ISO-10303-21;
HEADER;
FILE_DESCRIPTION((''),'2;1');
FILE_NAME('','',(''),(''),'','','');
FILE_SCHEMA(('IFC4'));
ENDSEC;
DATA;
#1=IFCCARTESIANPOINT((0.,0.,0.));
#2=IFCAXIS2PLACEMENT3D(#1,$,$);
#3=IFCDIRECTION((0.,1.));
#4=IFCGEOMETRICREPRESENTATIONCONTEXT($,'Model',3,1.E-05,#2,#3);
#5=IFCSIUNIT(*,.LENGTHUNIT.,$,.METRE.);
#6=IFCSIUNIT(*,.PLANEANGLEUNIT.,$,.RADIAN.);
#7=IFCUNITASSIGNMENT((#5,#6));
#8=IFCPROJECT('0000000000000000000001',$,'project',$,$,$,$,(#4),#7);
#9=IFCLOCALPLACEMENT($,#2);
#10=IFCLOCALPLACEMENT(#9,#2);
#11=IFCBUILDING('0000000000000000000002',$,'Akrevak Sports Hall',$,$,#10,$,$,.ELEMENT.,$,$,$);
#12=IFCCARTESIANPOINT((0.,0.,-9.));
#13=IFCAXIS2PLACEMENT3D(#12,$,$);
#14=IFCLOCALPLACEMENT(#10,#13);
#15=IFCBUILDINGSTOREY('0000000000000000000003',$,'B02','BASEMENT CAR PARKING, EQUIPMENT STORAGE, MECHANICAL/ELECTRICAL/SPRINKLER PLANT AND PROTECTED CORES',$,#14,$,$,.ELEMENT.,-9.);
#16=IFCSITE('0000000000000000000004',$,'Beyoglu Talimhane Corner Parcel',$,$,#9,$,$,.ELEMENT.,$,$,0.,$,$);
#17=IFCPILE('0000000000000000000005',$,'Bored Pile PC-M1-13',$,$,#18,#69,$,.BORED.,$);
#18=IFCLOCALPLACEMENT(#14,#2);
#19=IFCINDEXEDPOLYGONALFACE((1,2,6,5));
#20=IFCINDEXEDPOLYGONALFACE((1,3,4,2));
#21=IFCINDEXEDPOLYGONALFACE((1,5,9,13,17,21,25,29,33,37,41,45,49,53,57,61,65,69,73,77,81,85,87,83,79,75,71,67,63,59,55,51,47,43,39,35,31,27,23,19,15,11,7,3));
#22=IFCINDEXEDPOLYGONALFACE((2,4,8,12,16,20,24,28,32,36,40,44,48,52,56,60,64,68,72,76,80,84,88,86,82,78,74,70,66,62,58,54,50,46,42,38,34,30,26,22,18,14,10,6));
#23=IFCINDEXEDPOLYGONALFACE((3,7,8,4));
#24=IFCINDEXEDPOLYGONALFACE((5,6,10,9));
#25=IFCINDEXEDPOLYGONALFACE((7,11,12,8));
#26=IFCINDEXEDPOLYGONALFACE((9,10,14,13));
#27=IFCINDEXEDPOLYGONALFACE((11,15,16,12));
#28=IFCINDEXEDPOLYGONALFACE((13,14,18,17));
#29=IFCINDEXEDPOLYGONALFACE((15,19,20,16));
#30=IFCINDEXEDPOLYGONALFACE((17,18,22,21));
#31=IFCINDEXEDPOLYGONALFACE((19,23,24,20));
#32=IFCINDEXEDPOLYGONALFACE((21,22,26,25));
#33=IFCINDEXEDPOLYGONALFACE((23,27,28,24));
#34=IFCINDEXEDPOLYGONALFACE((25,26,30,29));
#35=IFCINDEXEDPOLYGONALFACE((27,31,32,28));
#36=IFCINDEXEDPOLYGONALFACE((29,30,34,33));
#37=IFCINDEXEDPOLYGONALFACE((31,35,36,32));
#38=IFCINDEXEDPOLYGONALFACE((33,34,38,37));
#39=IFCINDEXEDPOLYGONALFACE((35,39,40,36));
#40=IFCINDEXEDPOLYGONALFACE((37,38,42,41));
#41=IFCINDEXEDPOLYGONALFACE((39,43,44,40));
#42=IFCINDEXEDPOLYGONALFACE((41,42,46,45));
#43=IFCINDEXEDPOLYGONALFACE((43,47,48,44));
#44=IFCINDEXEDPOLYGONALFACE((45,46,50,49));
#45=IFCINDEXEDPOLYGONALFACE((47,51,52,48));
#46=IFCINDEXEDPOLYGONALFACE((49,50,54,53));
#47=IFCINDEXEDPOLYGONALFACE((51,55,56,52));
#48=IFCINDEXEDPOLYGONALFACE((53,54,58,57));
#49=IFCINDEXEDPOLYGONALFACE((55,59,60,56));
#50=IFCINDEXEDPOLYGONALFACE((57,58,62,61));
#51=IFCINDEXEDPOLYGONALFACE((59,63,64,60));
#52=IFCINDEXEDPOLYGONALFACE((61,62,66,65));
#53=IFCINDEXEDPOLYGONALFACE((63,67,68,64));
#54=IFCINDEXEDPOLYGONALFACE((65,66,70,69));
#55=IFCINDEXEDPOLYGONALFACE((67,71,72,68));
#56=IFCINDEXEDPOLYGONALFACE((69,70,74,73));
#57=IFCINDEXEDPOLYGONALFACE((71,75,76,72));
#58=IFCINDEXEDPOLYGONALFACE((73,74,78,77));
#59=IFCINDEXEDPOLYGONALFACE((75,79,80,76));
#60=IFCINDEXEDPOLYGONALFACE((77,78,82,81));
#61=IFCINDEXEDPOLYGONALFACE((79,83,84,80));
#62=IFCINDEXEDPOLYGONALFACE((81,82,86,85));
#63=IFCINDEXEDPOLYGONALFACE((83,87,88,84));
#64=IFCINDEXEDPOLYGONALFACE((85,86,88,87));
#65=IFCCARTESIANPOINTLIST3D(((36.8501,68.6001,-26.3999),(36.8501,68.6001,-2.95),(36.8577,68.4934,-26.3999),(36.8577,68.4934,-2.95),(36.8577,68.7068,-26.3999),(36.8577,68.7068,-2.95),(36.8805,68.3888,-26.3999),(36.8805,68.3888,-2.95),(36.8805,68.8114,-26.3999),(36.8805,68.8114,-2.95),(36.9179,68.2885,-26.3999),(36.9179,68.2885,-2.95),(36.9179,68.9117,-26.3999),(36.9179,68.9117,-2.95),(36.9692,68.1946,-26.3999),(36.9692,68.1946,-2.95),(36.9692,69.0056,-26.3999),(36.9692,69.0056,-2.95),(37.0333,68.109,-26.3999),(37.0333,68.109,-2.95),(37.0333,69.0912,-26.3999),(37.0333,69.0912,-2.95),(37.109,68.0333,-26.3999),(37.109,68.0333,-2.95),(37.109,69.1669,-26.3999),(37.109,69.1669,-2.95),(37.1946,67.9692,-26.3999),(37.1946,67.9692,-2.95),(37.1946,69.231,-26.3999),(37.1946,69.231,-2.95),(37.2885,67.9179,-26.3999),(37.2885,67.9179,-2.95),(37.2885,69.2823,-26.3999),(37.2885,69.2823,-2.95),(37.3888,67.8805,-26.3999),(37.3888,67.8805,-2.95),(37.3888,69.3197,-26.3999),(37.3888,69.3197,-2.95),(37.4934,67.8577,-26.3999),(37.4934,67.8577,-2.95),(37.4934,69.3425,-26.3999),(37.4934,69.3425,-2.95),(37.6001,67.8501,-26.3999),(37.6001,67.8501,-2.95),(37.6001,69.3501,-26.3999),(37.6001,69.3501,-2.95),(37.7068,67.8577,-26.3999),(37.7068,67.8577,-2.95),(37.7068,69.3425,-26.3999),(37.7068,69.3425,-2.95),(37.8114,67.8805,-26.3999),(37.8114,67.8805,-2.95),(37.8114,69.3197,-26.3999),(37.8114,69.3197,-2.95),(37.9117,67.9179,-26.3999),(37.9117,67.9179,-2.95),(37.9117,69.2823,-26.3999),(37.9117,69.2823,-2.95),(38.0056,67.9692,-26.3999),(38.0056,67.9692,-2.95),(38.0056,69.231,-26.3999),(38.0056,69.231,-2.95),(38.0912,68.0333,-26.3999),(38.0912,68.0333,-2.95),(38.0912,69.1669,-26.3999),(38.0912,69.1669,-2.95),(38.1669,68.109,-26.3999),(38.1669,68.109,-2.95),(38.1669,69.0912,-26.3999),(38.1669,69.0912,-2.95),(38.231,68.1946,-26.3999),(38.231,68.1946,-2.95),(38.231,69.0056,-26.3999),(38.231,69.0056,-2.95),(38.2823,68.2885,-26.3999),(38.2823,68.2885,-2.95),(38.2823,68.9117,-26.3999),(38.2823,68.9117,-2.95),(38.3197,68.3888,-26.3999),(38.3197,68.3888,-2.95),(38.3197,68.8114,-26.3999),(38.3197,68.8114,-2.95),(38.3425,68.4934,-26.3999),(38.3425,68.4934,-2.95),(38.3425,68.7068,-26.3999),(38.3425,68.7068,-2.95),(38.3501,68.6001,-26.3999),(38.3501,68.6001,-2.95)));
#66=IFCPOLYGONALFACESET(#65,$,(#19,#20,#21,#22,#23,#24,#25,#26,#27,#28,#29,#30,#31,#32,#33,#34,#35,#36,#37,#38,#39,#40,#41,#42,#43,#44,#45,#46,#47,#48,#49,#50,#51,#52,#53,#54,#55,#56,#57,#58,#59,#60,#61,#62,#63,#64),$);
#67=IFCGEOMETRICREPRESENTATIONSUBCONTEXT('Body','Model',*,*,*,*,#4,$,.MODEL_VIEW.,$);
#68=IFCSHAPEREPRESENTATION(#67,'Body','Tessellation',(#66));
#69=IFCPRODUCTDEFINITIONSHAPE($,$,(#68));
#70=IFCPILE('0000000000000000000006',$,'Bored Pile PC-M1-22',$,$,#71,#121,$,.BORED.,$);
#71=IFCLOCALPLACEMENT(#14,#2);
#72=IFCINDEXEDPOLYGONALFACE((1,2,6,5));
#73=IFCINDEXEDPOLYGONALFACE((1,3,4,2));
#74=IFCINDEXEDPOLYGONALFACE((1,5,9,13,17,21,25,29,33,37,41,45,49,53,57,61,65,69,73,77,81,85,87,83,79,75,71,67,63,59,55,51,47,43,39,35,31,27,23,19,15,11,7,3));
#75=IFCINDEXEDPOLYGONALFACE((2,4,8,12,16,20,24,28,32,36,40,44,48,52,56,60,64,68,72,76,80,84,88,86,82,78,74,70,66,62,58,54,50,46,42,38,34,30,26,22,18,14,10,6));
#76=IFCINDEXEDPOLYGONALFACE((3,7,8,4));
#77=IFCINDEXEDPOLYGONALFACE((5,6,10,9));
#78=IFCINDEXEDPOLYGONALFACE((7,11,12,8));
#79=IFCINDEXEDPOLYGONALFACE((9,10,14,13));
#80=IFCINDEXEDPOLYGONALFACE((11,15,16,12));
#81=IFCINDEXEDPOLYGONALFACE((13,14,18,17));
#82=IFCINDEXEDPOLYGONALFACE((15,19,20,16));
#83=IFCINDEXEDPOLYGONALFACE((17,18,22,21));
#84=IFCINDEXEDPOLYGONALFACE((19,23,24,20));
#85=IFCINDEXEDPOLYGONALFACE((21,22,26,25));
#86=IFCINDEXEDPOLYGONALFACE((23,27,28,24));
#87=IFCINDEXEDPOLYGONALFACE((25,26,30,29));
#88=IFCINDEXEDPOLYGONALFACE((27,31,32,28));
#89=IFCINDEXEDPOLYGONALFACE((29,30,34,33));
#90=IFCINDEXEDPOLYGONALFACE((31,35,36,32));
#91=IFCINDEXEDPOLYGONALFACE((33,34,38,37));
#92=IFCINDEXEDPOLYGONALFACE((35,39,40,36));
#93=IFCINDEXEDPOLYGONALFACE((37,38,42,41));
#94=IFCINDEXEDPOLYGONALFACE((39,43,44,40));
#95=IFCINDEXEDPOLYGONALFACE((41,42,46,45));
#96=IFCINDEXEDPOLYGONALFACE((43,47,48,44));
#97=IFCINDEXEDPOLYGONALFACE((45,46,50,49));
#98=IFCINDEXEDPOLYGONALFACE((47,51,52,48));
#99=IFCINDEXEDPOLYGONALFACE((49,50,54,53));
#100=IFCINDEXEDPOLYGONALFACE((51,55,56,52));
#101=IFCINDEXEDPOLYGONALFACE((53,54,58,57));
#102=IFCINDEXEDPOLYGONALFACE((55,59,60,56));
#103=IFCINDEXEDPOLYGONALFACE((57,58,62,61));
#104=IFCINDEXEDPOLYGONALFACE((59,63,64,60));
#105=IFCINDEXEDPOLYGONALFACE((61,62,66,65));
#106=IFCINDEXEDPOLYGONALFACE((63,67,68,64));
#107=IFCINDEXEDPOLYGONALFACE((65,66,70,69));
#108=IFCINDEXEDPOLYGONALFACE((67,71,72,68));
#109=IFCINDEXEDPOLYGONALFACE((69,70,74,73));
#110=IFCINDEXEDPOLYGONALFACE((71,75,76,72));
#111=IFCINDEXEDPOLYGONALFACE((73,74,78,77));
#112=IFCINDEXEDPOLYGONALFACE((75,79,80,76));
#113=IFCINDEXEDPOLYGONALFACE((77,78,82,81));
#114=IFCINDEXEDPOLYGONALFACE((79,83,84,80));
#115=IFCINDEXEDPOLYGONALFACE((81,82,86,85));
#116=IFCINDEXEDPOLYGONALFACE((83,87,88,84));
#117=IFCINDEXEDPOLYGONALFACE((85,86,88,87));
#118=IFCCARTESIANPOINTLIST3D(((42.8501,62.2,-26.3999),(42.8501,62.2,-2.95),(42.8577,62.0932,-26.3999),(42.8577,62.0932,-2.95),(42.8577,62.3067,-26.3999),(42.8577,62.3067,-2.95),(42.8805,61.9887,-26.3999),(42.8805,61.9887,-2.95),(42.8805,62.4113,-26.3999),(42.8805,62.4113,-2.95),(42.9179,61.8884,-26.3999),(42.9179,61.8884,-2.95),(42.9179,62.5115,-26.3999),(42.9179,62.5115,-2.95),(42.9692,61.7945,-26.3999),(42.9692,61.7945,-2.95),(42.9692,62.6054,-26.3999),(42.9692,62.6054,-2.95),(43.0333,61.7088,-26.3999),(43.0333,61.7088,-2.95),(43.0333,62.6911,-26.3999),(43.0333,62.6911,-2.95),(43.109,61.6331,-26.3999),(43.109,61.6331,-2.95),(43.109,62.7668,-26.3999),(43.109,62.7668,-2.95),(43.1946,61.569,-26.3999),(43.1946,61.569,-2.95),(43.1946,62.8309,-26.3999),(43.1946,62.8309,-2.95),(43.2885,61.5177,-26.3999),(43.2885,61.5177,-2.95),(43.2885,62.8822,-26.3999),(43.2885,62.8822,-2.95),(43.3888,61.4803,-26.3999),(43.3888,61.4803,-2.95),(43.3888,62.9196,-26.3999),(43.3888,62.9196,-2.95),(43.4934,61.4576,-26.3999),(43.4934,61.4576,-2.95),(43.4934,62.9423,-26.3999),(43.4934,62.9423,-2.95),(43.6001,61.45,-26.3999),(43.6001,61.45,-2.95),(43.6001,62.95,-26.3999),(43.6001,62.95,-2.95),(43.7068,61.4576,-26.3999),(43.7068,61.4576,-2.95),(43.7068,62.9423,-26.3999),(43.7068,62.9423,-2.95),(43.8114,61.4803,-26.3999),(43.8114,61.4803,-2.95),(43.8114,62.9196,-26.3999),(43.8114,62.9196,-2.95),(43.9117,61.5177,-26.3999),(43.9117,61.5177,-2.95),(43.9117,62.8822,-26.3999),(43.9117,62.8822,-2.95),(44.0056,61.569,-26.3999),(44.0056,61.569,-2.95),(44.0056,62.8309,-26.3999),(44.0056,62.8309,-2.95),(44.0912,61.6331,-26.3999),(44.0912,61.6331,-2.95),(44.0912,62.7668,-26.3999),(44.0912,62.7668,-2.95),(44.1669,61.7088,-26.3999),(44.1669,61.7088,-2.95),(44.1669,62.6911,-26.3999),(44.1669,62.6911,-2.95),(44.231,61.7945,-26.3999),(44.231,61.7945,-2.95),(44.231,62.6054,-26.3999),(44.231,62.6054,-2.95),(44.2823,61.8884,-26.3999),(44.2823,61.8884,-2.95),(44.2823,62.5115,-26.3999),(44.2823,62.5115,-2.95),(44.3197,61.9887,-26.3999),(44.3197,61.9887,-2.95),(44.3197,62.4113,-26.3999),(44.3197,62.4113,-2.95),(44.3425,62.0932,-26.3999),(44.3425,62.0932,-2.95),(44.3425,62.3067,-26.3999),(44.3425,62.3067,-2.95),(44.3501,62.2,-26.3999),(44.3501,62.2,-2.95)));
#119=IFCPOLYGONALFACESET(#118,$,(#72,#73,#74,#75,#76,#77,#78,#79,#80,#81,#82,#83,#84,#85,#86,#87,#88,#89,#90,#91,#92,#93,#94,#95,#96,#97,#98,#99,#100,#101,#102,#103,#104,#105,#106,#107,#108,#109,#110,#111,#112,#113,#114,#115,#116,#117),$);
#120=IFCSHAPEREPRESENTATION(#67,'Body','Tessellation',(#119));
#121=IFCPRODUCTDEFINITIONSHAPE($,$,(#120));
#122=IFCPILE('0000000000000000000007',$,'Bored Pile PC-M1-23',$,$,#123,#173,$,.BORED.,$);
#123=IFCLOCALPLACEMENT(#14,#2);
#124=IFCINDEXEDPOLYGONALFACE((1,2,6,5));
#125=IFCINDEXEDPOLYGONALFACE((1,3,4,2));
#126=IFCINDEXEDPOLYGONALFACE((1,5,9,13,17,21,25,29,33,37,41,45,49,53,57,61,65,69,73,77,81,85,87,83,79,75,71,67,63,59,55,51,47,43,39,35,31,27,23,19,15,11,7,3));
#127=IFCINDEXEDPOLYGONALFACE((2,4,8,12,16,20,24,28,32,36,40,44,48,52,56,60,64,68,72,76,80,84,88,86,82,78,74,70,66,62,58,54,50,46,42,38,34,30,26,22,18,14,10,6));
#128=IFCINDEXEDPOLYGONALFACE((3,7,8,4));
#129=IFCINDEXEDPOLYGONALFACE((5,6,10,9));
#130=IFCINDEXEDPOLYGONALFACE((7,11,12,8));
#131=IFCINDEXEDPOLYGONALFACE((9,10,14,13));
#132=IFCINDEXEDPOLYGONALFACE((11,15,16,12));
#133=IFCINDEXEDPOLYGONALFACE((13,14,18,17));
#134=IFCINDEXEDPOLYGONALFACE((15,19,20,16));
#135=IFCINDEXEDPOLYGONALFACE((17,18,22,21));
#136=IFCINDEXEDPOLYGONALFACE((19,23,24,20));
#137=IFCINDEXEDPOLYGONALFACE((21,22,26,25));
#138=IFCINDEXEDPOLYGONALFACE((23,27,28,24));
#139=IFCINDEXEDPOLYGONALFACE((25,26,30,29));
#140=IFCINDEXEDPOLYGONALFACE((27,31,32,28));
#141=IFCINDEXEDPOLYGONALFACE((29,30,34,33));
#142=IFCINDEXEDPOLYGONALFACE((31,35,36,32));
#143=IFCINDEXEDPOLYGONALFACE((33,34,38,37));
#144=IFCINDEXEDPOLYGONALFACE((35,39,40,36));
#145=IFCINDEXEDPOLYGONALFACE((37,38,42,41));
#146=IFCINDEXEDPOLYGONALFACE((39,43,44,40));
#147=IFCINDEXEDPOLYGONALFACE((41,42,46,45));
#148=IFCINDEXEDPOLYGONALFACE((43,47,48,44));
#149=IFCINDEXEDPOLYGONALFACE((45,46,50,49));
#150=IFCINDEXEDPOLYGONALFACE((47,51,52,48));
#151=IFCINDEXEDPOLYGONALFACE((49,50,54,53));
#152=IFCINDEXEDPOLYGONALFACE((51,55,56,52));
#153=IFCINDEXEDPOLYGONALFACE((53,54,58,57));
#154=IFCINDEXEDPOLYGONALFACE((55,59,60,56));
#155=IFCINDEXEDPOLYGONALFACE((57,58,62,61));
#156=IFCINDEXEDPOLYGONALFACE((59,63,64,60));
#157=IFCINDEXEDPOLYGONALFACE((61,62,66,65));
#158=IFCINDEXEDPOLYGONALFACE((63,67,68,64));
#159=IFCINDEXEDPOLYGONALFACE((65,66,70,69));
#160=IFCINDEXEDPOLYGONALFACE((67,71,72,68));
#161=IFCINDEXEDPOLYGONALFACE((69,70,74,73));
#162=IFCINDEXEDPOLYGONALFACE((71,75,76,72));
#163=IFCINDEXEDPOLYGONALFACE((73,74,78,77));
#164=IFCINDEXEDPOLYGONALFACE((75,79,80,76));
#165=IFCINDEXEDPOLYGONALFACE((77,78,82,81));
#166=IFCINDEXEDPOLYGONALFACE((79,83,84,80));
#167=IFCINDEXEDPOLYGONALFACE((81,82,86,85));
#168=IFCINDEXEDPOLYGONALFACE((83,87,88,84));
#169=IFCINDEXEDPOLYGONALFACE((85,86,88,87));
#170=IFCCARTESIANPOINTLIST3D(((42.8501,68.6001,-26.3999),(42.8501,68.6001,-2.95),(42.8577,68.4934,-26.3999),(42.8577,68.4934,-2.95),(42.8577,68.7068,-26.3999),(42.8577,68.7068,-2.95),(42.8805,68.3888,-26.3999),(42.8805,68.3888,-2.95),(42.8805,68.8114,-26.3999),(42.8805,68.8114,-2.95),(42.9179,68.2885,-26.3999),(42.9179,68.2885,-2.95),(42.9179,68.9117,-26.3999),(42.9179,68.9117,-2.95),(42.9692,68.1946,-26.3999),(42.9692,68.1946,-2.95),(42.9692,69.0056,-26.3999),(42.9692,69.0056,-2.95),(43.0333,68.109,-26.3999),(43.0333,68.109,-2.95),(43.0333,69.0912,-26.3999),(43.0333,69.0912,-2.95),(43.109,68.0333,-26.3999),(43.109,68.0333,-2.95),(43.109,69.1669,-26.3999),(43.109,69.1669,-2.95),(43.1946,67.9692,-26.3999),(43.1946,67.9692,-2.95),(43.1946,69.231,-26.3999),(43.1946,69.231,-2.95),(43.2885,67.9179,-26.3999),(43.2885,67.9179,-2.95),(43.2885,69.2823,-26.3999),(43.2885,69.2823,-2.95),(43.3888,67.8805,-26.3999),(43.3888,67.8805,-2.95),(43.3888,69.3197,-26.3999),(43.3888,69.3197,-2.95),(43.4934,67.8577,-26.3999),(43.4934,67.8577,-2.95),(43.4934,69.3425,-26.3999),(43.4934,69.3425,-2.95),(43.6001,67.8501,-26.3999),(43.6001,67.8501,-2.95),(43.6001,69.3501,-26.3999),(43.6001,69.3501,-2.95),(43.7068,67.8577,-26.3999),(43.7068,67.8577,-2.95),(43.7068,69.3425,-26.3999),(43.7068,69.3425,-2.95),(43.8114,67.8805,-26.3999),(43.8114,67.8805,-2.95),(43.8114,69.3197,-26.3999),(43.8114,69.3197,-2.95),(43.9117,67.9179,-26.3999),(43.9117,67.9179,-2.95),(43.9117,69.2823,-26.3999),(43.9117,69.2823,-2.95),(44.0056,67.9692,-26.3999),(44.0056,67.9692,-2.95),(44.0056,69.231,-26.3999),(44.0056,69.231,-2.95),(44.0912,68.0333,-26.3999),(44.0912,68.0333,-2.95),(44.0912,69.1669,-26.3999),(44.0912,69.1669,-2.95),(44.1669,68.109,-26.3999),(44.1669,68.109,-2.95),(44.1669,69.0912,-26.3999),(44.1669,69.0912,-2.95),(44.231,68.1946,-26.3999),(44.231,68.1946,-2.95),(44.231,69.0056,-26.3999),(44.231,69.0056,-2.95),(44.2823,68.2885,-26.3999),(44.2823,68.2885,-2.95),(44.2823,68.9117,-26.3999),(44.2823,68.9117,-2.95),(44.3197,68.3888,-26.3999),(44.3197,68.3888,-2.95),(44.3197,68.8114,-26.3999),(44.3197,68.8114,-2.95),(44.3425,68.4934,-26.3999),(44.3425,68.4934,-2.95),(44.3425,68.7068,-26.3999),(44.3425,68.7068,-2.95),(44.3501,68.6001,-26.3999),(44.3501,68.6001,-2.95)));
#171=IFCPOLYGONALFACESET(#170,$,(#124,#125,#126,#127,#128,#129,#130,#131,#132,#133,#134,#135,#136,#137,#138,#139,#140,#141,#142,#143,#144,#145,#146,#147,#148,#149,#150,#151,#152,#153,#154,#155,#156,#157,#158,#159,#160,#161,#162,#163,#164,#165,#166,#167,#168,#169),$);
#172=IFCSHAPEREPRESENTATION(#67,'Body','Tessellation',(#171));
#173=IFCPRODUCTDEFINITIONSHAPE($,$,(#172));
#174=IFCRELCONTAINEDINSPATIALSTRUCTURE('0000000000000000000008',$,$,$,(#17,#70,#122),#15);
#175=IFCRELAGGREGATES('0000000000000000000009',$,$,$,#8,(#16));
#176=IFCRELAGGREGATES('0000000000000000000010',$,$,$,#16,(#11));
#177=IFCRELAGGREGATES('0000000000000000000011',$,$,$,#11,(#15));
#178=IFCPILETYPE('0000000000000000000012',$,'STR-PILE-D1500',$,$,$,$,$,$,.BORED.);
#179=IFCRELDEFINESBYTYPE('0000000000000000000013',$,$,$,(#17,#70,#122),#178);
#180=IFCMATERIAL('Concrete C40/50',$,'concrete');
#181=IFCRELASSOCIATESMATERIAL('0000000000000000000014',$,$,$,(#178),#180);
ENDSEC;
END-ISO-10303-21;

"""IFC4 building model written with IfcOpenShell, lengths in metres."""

from ifc_helpers import new_model, si_unit, direction, frame, origin, origin_2d, place, context, subcontext, project, spatial, circle, extrude, material, material_profile, profile_set, type_object, element, save


model = new_model("IFC4")

# Units and contexts
model_context = context("Model", 3, precision=1e-05, world=origin(), true_north=direction((0.0, 1.0)))
body_context = subcontext(model_context, "Body", "Model", "MODEL_VIEW")
ifc_project = project(units=[si_unit("LENGTHUNIT", "METRE"), si_unit("PLANEANGLEUNIT", "RADIAN")], contexts=[model_context])

# Site, building, storey
site_placement = place(None, origin())
site = spatial("IfcSite", under=ifc_project, at=site_placement, Name="Beyoglu Talimhane Corner Parcel", CompositionType="ELEMENT", RefElevation=0.0)
building_placement = place(site_placement, origin())
building = spatial("IfcBuilding", under=site, at=building_placement, Name="Akrevak Sports Hall", CompositionType="ELEMENT")
storey_placement = place(building_placement, frame((0.0, 0.0, -9.0)))
storey = spatial("IfcBuildingStorey", under=building, at=storey_placement, Name="B02", Description="BASEMENT CAR PARKING, EQUIPMENT STORAGE, MECHANICAL/ELECTRICAL/SPRINKLER PLANT AND PROTECTED CORES", CompositionType="ELEMENT", Elevation=-9.0)

# Shared definitions
ifc_material_1 = material(Name="Concrete C40/50", Category="concrete")

# Piles
ifc_material_profile_1 = material_profile(ifc_material_1, circle(Radius=0.75, at=origin_2d()), Name="BORED PILE D1500", Category="concrete")
ifc_profile_set_1 = profile_set([ifc_material_profile_1], Name="Concrete C40/50")
pile_type_1 = type_object("IfcPileType", Name="STR-PILE-D1500", PredefinedType="BORED", material=ifc_profile_set_1)
for number, where, z_axis, x_axis, name in (
    (1, (37.6001, 68.6001, -2.95), (0.0, 0.0, -1.0), (1.0, 0.0, 0.0), "Bored Pile PC-M1-13"),
    (2, (43.6001, 62.2, -2.95), (0.0, 0.0, -1.0), (1.0, 0.0, 0.0), "Bored Pile PC-M1-22"),
    (3, (43.6001, 68.6001, -2.95), (0.0, 0.0, -1.0), (1.0, 0.0, 0.0), "Bored Pile PC-M1-23"),
):
    element("IfcPile", number, at=place(storey_placement, frame(where, z_axis=z_axis, x_axis=x_axis)), inside=storey, type_object=pile_type_1, Name=name, PredefinedType="BORED", context=body_context, shape_type="SweptSolid", body=[
        extrude(circle(Radius=0.75, at=origin_2d()), origin(), (0.0, 0.0, 1.0), 23.45),
    ])

save(model, "model.ifc")
